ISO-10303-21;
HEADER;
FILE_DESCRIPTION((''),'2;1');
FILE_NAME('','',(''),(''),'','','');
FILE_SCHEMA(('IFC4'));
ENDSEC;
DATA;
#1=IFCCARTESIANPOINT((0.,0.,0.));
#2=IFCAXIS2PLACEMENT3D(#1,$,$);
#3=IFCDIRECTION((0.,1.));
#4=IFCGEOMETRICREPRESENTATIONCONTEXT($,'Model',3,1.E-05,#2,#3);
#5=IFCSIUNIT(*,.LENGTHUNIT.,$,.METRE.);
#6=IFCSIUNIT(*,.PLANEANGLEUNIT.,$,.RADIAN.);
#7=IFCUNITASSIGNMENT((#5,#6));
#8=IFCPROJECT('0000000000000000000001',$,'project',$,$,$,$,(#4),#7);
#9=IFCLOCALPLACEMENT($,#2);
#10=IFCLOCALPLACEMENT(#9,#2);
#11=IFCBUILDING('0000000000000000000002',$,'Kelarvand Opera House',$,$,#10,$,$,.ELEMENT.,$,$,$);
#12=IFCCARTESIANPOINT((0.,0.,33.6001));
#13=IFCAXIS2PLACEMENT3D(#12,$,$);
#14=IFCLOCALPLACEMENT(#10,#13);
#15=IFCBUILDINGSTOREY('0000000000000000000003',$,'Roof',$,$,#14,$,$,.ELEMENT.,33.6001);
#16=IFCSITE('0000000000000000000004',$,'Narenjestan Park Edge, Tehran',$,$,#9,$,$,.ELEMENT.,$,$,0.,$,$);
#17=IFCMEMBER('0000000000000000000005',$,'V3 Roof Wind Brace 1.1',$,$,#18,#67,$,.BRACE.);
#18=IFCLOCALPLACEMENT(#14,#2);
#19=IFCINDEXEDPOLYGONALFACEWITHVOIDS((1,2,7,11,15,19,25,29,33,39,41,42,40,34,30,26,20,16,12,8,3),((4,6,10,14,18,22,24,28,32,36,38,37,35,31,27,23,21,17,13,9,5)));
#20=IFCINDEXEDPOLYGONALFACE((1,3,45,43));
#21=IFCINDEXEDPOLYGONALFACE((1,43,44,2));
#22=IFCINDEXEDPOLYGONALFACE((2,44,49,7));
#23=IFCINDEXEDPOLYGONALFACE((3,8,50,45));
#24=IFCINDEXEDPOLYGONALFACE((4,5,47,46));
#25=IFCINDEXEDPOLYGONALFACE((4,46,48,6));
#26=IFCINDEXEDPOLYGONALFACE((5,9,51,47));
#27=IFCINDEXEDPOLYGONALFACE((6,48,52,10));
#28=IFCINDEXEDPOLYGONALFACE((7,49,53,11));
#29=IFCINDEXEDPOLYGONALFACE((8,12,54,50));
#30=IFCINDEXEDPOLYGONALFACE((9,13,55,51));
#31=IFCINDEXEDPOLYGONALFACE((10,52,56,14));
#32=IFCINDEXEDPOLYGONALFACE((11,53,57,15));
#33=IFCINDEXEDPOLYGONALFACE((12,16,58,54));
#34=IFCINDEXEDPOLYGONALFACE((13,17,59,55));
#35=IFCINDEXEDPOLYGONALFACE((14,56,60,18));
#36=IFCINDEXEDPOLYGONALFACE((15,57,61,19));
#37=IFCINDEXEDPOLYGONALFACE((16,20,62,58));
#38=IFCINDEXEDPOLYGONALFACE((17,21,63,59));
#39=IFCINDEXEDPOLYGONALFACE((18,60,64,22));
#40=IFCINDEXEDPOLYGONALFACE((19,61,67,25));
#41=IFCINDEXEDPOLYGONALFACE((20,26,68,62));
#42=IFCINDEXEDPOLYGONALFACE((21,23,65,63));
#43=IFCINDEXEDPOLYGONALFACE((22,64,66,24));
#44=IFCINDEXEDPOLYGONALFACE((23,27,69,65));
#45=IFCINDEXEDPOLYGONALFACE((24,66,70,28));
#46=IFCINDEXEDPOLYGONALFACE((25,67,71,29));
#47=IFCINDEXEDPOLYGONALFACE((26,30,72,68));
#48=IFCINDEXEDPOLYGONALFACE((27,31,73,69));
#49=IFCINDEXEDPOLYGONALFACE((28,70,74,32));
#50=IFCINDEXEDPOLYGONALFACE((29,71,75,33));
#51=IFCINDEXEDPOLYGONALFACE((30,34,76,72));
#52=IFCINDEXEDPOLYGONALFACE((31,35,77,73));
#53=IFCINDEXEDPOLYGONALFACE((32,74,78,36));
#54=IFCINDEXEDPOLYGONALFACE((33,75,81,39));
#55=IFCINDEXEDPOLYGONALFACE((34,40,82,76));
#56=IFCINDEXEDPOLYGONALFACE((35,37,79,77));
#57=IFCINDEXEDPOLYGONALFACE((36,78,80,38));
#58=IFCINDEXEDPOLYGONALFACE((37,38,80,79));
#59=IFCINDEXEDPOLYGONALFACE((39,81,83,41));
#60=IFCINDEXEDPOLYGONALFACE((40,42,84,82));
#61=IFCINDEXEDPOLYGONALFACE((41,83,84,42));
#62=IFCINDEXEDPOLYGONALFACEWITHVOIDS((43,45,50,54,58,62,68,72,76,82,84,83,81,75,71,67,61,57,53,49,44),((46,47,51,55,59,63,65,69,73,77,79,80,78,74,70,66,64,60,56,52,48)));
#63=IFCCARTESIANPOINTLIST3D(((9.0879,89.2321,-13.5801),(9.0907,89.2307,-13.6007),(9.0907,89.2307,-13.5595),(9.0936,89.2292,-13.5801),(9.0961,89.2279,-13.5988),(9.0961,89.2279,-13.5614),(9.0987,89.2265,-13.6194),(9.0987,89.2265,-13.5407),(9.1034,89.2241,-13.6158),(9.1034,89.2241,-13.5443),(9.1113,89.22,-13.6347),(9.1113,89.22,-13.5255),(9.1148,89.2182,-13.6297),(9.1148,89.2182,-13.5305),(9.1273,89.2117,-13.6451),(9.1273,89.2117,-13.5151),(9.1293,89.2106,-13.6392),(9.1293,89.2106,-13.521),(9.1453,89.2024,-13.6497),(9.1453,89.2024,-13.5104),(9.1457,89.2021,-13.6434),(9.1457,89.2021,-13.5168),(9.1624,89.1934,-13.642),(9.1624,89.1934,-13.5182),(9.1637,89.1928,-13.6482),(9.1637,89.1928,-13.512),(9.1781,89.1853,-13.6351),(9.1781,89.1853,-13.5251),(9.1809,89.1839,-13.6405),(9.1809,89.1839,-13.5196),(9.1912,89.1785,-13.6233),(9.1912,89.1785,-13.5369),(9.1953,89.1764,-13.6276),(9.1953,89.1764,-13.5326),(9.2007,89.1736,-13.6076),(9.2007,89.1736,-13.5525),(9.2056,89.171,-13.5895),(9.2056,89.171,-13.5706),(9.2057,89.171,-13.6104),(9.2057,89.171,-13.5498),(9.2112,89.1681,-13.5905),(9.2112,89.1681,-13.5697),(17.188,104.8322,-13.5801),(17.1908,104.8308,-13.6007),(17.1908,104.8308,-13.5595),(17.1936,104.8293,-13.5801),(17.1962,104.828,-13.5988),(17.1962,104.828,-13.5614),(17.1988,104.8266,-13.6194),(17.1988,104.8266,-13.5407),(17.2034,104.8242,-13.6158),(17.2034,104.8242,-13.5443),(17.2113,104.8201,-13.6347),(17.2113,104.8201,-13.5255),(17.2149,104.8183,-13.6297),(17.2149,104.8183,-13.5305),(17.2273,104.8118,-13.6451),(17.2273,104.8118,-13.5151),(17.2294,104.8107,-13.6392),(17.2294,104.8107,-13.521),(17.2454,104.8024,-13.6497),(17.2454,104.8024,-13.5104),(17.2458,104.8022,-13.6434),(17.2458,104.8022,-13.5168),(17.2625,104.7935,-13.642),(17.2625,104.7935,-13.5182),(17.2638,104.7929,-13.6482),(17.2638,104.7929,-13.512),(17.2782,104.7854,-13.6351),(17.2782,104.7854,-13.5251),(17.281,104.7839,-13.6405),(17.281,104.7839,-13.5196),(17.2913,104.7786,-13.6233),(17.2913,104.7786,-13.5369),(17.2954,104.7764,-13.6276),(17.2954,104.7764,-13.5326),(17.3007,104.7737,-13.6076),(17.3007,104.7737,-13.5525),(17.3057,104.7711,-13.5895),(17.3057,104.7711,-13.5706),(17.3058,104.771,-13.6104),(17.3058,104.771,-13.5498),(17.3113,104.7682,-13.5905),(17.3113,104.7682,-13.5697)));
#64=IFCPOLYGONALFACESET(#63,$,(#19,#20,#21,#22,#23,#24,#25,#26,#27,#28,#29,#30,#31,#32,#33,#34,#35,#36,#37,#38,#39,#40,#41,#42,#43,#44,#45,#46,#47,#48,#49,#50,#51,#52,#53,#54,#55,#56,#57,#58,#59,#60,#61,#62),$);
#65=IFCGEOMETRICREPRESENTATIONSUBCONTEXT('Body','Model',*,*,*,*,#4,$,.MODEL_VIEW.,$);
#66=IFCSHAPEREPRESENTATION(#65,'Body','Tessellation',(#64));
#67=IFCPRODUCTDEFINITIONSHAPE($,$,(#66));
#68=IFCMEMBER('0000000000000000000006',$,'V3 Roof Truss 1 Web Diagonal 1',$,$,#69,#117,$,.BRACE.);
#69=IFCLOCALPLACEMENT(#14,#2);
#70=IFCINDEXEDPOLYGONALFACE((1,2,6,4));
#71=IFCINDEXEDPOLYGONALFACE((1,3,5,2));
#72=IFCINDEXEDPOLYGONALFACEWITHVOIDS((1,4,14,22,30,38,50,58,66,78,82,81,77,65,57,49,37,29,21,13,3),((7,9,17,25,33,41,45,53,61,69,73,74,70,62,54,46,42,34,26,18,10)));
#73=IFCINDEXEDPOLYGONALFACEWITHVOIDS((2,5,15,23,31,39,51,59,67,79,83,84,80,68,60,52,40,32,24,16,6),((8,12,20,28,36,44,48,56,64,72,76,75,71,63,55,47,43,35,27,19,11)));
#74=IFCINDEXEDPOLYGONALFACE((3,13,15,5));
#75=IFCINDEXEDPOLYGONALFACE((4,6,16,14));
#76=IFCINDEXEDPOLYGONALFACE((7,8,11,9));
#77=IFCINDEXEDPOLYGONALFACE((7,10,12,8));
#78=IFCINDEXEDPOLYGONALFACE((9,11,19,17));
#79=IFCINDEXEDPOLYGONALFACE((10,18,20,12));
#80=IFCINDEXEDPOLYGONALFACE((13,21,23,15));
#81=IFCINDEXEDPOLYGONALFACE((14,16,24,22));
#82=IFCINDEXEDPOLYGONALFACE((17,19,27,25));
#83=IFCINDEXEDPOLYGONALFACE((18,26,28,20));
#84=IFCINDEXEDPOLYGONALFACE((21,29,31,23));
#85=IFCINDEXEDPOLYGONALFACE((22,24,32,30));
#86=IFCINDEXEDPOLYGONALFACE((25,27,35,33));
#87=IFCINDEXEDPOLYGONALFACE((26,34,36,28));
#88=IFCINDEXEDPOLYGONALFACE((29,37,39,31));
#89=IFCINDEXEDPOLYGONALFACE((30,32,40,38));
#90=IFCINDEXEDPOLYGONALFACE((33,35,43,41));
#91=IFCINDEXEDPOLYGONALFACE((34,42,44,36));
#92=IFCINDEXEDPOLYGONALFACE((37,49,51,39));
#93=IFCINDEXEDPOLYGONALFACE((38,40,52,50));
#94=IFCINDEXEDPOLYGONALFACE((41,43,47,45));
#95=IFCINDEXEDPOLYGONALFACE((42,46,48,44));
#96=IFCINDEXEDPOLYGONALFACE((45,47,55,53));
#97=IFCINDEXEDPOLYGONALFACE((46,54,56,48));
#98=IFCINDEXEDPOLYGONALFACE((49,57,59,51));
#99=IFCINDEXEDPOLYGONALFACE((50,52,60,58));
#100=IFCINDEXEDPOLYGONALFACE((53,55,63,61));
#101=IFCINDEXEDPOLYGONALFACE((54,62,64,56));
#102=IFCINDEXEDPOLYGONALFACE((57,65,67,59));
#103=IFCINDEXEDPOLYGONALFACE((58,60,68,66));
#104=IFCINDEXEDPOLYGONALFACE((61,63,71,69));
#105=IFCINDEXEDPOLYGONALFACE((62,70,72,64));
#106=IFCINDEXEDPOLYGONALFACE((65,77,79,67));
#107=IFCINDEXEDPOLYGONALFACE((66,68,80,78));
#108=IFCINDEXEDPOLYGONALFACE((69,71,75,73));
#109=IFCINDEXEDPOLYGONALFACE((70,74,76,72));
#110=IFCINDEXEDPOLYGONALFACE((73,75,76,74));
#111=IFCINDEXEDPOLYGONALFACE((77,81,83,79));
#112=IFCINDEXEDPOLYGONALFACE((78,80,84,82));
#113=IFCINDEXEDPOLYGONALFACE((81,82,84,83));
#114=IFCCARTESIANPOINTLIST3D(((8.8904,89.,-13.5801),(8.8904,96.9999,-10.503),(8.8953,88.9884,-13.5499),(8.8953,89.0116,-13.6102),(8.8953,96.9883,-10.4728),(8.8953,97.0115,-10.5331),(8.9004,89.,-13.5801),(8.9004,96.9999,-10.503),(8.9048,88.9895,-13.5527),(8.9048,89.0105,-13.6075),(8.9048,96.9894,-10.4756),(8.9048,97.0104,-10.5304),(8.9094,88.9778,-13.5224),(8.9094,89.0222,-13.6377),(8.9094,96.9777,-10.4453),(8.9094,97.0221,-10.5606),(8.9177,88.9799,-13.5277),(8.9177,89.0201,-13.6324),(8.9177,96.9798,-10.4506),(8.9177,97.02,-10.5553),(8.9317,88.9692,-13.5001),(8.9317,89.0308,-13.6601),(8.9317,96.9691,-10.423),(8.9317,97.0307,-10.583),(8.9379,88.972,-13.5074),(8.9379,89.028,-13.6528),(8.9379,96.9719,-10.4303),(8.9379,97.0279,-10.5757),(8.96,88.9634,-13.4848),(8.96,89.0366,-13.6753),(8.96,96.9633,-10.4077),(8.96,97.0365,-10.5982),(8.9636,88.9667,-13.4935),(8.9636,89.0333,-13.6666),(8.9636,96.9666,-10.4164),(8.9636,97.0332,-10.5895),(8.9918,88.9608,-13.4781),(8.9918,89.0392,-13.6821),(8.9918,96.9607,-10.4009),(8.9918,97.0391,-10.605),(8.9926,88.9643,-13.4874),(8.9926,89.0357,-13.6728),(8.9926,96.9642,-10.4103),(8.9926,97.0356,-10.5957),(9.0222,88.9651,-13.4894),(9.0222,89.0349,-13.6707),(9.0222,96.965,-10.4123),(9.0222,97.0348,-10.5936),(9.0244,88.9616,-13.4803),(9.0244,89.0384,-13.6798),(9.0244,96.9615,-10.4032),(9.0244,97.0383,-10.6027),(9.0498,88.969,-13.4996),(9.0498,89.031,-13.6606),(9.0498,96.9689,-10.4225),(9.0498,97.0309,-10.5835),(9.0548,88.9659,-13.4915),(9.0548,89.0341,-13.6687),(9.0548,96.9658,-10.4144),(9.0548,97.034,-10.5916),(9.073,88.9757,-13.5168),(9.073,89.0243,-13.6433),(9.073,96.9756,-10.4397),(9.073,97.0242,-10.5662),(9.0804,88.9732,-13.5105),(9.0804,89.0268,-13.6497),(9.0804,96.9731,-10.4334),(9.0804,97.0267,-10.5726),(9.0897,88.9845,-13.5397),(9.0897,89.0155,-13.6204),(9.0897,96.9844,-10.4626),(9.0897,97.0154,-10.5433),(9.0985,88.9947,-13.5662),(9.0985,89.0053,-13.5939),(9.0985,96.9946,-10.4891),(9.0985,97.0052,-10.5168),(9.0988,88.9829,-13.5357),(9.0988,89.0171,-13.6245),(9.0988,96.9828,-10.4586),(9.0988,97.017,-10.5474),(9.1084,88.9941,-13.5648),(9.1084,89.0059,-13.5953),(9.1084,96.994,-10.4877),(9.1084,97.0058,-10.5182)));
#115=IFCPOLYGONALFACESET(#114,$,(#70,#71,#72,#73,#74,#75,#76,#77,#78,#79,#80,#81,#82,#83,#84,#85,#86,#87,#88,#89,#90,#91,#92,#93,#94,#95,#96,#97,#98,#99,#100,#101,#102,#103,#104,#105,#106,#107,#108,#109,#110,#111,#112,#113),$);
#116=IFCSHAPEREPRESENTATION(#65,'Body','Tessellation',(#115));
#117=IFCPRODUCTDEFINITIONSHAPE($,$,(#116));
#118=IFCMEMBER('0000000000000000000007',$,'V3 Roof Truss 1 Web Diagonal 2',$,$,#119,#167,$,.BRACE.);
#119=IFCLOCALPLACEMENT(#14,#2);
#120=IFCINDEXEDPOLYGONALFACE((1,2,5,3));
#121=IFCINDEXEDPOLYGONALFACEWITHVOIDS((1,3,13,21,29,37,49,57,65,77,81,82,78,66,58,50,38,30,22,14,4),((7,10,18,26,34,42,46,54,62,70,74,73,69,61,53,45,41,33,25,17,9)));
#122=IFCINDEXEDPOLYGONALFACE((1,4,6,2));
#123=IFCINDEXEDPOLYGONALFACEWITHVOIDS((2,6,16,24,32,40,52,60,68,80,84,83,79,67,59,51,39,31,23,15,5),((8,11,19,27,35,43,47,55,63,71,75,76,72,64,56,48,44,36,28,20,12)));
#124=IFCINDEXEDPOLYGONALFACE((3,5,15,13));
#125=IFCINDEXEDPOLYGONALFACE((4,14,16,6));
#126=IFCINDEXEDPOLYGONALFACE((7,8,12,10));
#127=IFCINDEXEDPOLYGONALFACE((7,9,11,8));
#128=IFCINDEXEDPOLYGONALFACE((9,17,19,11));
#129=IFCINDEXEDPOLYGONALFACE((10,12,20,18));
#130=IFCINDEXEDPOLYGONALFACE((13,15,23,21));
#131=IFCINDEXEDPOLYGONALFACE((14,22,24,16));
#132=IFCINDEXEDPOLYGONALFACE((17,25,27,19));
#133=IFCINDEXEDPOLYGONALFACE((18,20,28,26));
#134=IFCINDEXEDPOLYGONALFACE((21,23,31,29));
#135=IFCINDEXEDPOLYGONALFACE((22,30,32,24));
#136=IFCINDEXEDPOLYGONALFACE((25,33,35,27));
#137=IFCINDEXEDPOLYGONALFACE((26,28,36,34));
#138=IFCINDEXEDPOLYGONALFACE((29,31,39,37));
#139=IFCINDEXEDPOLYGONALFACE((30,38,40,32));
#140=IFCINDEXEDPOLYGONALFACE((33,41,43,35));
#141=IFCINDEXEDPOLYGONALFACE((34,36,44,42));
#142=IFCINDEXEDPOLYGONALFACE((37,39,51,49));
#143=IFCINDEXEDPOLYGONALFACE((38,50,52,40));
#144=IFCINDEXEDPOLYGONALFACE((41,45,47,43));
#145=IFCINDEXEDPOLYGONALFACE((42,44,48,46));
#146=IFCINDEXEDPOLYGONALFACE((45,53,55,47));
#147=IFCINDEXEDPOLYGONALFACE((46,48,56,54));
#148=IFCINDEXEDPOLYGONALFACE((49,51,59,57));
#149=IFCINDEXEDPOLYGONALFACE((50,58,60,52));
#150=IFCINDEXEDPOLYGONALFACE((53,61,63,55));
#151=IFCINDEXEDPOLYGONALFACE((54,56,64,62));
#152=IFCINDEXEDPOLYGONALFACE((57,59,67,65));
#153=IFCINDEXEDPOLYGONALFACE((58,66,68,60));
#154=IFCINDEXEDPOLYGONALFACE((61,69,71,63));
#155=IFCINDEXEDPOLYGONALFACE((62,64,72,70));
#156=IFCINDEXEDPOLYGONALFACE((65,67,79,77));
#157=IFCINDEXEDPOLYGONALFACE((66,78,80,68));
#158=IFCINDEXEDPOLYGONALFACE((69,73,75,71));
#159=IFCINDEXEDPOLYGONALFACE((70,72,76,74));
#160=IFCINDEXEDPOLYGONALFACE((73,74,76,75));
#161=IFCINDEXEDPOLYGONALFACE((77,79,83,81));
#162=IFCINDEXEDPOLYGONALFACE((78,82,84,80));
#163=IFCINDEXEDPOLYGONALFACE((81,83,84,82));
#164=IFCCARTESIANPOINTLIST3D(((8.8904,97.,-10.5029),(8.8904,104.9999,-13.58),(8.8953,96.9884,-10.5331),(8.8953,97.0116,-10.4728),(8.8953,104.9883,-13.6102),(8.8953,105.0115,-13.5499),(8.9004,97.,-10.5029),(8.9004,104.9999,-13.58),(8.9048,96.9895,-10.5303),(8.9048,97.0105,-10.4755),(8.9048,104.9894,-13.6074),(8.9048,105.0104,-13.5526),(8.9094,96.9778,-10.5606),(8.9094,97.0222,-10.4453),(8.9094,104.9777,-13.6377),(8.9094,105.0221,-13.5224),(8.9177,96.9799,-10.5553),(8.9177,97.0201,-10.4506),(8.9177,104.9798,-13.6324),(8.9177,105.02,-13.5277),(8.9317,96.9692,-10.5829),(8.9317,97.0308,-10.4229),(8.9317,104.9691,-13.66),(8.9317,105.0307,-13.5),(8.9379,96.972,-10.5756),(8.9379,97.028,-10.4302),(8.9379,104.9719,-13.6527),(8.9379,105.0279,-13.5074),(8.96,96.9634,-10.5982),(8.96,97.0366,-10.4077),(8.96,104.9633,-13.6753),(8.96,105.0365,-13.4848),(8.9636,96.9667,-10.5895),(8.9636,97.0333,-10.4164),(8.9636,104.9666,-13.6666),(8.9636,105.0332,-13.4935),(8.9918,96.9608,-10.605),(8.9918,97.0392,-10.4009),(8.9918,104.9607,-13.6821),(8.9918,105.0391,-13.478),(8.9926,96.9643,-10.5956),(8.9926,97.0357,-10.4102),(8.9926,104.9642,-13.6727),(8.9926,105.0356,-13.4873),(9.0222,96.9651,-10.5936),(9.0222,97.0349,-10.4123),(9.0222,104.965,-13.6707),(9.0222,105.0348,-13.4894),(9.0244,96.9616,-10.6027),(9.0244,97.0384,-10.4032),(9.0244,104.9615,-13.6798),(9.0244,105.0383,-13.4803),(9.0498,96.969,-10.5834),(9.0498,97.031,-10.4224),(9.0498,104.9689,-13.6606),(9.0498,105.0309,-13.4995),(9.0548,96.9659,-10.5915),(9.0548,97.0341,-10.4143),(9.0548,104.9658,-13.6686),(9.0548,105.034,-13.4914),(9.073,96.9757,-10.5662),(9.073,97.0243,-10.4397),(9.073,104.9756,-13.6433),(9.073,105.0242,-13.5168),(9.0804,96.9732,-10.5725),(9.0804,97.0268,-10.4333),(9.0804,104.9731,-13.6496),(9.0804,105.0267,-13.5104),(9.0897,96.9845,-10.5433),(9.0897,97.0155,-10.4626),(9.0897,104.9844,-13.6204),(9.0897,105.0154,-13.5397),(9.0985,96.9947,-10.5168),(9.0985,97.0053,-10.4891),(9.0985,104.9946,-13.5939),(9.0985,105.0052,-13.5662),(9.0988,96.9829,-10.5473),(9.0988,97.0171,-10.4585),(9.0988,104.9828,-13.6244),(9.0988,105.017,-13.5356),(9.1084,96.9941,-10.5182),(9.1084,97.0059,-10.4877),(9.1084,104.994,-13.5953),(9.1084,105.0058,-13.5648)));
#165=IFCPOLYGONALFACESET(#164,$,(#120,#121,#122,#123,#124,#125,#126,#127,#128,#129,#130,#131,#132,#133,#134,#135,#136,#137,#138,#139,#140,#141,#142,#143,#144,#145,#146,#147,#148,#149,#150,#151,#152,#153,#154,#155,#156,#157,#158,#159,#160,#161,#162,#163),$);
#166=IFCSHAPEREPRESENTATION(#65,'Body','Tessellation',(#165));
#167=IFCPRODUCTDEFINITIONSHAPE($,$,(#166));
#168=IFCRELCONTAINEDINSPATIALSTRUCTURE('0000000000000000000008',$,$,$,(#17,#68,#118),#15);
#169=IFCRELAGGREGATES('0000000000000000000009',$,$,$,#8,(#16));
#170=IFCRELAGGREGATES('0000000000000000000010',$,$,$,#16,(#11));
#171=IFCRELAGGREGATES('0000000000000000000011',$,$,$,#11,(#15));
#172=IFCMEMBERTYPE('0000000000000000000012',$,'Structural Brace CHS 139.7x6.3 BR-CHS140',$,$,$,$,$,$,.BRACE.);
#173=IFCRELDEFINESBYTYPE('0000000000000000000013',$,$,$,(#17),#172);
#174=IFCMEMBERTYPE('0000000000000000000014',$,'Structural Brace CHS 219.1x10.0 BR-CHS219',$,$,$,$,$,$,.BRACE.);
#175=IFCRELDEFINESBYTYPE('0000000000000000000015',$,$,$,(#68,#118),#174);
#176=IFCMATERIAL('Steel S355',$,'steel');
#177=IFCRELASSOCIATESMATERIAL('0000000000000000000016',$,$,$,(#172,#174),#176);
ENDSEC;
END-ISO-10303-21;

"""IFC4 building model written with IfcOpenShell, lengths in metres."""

from ifc_helpers import new_model, si_unit, direction, frame, origin, origin_2d, place, context, subcontext, project, spatial, hollow_circle, extrude, material, material_profile, profile_set, type_object, element, save


model = new_model("IFC4")

# Units and contexts
model_context = context("Model", 3, precision=1e-05, world=origin(), true_north=direction((0.0, 1.0)))
body_context = subcontext(model_context, "Body", "Model", "MODEL_VIEW")
ifc_project = project(units=[si_unit("LENGTHUNIT", "METRE"), si_unit("PLANEANGLEUNIT", "RADIAN")], contexts=[model_context])

# Site, building, storey
site_placement = place(None, origin())
site = spatial("IfcSite", under=ifc_project, at=site_placement, Name="Narenjestan Park Edge, Tehran", CompositionType="ELEMENT", RefElevation=0.0)
building_placement = place(site_placement, origin())
building = spatial("IfcBuilding", under=site, at=building_placement, Name="Kelarvand Opera House", CompositionType="ELEMENT")
storey_placement = place(building_placement, frame((0.0, 0.0, 33.6001)))
storey = spatial("IfcBuildingStorey", under=building, at=storey_placement, Name="Roof", CompositionType="ELEMENT", Elevation=33.6001)

# Members
ifc_material_1 = material(Name="Steel S355", Category="steel")
ifc_material_profile_1 = material_profile(ifc_material_1, hollow_circle(Radius=0.0698, WallThickness=0.0063, at=origin_2d()), Name="CHS 139.7x6.3", Category="steel")
ifc_profile_set_1 = profile_set([ifc_material_profile_1], Name="Steel S355")
member_type_1 = type_object("IfcMemberType", Name="Structural Brace CHS 139.7x6.3 BR-CHS140", PredefinedType="BRACE", material=ifc_profile_set_1)
member_1_placement = place(storey_placement, frame((9.1499, 89.2, -13.5801), z_axis=(0.460817, 0.887495, 0.0), x_axis=(-0.887495, 0.460817, 0.0)))
element("IfcMember", 1, at=member_1_placement, inside=storey, type_object=member_type_1, Name="V3 Roof Wind Brace 1.1", PredefinedType="BRACE", context=body_context, shape_type="SweptSolid", body=[
    extrude(hollow_circle(Radius=0.0698, WallThickness=0.0063, at=origin_2d()), origin(), (0.0, 0.0, 1.0), 17.5776),
])
ifc_material_profile_2 = material_profile(ifc_material_1, hollow_circle(Radius=0.1096, WallThickness=0.01, at=origin_2d()), Name="CHS 219.1x10.0", Category="steel")
ifc_profile_set_2 = profile_set([ifc_material_profile_2], Name="Steel S355")
member_type_2 = type_object("IfcMemberType", Name="Structural Brace CHS 219.1x10.0 BR-CHS219", PredefinedType="BRACE", material=ifc_profile_set_2)
for number, where, z_axis, x_axis, name in (
    (2, (9.0, 89.0, -13.5801), (0.0, 0.933337, 0.359002), (-1.0, 0.0, 0.0), "V3 Roof Truss 1 Web Diagonal 1"),
    (3, (9.0, 97.0, -10.5029), (0.0, 0.933337, -0.359002), (-1.0, 0.0, 0.0), "V3 Roof Truss 1 Web Diagonal 2"),
):
    element("IfcMember", number, at=place(storey_placement, frame(where, z_axis=z_axis, x_axis=x_axis)), inside=storey, type_object=member_type_2, Name=name, PredefinedType="BRACE", context=body_context, shape_type="SweptSolid", body=[
        extrude(hollow_circle(Radius=0.1096, WallThickness=0.01, at=origin_2d()), origin(), (0.0, 0.0, 1.0), 8.5713),
    ])

save(model, "model.ifc")
